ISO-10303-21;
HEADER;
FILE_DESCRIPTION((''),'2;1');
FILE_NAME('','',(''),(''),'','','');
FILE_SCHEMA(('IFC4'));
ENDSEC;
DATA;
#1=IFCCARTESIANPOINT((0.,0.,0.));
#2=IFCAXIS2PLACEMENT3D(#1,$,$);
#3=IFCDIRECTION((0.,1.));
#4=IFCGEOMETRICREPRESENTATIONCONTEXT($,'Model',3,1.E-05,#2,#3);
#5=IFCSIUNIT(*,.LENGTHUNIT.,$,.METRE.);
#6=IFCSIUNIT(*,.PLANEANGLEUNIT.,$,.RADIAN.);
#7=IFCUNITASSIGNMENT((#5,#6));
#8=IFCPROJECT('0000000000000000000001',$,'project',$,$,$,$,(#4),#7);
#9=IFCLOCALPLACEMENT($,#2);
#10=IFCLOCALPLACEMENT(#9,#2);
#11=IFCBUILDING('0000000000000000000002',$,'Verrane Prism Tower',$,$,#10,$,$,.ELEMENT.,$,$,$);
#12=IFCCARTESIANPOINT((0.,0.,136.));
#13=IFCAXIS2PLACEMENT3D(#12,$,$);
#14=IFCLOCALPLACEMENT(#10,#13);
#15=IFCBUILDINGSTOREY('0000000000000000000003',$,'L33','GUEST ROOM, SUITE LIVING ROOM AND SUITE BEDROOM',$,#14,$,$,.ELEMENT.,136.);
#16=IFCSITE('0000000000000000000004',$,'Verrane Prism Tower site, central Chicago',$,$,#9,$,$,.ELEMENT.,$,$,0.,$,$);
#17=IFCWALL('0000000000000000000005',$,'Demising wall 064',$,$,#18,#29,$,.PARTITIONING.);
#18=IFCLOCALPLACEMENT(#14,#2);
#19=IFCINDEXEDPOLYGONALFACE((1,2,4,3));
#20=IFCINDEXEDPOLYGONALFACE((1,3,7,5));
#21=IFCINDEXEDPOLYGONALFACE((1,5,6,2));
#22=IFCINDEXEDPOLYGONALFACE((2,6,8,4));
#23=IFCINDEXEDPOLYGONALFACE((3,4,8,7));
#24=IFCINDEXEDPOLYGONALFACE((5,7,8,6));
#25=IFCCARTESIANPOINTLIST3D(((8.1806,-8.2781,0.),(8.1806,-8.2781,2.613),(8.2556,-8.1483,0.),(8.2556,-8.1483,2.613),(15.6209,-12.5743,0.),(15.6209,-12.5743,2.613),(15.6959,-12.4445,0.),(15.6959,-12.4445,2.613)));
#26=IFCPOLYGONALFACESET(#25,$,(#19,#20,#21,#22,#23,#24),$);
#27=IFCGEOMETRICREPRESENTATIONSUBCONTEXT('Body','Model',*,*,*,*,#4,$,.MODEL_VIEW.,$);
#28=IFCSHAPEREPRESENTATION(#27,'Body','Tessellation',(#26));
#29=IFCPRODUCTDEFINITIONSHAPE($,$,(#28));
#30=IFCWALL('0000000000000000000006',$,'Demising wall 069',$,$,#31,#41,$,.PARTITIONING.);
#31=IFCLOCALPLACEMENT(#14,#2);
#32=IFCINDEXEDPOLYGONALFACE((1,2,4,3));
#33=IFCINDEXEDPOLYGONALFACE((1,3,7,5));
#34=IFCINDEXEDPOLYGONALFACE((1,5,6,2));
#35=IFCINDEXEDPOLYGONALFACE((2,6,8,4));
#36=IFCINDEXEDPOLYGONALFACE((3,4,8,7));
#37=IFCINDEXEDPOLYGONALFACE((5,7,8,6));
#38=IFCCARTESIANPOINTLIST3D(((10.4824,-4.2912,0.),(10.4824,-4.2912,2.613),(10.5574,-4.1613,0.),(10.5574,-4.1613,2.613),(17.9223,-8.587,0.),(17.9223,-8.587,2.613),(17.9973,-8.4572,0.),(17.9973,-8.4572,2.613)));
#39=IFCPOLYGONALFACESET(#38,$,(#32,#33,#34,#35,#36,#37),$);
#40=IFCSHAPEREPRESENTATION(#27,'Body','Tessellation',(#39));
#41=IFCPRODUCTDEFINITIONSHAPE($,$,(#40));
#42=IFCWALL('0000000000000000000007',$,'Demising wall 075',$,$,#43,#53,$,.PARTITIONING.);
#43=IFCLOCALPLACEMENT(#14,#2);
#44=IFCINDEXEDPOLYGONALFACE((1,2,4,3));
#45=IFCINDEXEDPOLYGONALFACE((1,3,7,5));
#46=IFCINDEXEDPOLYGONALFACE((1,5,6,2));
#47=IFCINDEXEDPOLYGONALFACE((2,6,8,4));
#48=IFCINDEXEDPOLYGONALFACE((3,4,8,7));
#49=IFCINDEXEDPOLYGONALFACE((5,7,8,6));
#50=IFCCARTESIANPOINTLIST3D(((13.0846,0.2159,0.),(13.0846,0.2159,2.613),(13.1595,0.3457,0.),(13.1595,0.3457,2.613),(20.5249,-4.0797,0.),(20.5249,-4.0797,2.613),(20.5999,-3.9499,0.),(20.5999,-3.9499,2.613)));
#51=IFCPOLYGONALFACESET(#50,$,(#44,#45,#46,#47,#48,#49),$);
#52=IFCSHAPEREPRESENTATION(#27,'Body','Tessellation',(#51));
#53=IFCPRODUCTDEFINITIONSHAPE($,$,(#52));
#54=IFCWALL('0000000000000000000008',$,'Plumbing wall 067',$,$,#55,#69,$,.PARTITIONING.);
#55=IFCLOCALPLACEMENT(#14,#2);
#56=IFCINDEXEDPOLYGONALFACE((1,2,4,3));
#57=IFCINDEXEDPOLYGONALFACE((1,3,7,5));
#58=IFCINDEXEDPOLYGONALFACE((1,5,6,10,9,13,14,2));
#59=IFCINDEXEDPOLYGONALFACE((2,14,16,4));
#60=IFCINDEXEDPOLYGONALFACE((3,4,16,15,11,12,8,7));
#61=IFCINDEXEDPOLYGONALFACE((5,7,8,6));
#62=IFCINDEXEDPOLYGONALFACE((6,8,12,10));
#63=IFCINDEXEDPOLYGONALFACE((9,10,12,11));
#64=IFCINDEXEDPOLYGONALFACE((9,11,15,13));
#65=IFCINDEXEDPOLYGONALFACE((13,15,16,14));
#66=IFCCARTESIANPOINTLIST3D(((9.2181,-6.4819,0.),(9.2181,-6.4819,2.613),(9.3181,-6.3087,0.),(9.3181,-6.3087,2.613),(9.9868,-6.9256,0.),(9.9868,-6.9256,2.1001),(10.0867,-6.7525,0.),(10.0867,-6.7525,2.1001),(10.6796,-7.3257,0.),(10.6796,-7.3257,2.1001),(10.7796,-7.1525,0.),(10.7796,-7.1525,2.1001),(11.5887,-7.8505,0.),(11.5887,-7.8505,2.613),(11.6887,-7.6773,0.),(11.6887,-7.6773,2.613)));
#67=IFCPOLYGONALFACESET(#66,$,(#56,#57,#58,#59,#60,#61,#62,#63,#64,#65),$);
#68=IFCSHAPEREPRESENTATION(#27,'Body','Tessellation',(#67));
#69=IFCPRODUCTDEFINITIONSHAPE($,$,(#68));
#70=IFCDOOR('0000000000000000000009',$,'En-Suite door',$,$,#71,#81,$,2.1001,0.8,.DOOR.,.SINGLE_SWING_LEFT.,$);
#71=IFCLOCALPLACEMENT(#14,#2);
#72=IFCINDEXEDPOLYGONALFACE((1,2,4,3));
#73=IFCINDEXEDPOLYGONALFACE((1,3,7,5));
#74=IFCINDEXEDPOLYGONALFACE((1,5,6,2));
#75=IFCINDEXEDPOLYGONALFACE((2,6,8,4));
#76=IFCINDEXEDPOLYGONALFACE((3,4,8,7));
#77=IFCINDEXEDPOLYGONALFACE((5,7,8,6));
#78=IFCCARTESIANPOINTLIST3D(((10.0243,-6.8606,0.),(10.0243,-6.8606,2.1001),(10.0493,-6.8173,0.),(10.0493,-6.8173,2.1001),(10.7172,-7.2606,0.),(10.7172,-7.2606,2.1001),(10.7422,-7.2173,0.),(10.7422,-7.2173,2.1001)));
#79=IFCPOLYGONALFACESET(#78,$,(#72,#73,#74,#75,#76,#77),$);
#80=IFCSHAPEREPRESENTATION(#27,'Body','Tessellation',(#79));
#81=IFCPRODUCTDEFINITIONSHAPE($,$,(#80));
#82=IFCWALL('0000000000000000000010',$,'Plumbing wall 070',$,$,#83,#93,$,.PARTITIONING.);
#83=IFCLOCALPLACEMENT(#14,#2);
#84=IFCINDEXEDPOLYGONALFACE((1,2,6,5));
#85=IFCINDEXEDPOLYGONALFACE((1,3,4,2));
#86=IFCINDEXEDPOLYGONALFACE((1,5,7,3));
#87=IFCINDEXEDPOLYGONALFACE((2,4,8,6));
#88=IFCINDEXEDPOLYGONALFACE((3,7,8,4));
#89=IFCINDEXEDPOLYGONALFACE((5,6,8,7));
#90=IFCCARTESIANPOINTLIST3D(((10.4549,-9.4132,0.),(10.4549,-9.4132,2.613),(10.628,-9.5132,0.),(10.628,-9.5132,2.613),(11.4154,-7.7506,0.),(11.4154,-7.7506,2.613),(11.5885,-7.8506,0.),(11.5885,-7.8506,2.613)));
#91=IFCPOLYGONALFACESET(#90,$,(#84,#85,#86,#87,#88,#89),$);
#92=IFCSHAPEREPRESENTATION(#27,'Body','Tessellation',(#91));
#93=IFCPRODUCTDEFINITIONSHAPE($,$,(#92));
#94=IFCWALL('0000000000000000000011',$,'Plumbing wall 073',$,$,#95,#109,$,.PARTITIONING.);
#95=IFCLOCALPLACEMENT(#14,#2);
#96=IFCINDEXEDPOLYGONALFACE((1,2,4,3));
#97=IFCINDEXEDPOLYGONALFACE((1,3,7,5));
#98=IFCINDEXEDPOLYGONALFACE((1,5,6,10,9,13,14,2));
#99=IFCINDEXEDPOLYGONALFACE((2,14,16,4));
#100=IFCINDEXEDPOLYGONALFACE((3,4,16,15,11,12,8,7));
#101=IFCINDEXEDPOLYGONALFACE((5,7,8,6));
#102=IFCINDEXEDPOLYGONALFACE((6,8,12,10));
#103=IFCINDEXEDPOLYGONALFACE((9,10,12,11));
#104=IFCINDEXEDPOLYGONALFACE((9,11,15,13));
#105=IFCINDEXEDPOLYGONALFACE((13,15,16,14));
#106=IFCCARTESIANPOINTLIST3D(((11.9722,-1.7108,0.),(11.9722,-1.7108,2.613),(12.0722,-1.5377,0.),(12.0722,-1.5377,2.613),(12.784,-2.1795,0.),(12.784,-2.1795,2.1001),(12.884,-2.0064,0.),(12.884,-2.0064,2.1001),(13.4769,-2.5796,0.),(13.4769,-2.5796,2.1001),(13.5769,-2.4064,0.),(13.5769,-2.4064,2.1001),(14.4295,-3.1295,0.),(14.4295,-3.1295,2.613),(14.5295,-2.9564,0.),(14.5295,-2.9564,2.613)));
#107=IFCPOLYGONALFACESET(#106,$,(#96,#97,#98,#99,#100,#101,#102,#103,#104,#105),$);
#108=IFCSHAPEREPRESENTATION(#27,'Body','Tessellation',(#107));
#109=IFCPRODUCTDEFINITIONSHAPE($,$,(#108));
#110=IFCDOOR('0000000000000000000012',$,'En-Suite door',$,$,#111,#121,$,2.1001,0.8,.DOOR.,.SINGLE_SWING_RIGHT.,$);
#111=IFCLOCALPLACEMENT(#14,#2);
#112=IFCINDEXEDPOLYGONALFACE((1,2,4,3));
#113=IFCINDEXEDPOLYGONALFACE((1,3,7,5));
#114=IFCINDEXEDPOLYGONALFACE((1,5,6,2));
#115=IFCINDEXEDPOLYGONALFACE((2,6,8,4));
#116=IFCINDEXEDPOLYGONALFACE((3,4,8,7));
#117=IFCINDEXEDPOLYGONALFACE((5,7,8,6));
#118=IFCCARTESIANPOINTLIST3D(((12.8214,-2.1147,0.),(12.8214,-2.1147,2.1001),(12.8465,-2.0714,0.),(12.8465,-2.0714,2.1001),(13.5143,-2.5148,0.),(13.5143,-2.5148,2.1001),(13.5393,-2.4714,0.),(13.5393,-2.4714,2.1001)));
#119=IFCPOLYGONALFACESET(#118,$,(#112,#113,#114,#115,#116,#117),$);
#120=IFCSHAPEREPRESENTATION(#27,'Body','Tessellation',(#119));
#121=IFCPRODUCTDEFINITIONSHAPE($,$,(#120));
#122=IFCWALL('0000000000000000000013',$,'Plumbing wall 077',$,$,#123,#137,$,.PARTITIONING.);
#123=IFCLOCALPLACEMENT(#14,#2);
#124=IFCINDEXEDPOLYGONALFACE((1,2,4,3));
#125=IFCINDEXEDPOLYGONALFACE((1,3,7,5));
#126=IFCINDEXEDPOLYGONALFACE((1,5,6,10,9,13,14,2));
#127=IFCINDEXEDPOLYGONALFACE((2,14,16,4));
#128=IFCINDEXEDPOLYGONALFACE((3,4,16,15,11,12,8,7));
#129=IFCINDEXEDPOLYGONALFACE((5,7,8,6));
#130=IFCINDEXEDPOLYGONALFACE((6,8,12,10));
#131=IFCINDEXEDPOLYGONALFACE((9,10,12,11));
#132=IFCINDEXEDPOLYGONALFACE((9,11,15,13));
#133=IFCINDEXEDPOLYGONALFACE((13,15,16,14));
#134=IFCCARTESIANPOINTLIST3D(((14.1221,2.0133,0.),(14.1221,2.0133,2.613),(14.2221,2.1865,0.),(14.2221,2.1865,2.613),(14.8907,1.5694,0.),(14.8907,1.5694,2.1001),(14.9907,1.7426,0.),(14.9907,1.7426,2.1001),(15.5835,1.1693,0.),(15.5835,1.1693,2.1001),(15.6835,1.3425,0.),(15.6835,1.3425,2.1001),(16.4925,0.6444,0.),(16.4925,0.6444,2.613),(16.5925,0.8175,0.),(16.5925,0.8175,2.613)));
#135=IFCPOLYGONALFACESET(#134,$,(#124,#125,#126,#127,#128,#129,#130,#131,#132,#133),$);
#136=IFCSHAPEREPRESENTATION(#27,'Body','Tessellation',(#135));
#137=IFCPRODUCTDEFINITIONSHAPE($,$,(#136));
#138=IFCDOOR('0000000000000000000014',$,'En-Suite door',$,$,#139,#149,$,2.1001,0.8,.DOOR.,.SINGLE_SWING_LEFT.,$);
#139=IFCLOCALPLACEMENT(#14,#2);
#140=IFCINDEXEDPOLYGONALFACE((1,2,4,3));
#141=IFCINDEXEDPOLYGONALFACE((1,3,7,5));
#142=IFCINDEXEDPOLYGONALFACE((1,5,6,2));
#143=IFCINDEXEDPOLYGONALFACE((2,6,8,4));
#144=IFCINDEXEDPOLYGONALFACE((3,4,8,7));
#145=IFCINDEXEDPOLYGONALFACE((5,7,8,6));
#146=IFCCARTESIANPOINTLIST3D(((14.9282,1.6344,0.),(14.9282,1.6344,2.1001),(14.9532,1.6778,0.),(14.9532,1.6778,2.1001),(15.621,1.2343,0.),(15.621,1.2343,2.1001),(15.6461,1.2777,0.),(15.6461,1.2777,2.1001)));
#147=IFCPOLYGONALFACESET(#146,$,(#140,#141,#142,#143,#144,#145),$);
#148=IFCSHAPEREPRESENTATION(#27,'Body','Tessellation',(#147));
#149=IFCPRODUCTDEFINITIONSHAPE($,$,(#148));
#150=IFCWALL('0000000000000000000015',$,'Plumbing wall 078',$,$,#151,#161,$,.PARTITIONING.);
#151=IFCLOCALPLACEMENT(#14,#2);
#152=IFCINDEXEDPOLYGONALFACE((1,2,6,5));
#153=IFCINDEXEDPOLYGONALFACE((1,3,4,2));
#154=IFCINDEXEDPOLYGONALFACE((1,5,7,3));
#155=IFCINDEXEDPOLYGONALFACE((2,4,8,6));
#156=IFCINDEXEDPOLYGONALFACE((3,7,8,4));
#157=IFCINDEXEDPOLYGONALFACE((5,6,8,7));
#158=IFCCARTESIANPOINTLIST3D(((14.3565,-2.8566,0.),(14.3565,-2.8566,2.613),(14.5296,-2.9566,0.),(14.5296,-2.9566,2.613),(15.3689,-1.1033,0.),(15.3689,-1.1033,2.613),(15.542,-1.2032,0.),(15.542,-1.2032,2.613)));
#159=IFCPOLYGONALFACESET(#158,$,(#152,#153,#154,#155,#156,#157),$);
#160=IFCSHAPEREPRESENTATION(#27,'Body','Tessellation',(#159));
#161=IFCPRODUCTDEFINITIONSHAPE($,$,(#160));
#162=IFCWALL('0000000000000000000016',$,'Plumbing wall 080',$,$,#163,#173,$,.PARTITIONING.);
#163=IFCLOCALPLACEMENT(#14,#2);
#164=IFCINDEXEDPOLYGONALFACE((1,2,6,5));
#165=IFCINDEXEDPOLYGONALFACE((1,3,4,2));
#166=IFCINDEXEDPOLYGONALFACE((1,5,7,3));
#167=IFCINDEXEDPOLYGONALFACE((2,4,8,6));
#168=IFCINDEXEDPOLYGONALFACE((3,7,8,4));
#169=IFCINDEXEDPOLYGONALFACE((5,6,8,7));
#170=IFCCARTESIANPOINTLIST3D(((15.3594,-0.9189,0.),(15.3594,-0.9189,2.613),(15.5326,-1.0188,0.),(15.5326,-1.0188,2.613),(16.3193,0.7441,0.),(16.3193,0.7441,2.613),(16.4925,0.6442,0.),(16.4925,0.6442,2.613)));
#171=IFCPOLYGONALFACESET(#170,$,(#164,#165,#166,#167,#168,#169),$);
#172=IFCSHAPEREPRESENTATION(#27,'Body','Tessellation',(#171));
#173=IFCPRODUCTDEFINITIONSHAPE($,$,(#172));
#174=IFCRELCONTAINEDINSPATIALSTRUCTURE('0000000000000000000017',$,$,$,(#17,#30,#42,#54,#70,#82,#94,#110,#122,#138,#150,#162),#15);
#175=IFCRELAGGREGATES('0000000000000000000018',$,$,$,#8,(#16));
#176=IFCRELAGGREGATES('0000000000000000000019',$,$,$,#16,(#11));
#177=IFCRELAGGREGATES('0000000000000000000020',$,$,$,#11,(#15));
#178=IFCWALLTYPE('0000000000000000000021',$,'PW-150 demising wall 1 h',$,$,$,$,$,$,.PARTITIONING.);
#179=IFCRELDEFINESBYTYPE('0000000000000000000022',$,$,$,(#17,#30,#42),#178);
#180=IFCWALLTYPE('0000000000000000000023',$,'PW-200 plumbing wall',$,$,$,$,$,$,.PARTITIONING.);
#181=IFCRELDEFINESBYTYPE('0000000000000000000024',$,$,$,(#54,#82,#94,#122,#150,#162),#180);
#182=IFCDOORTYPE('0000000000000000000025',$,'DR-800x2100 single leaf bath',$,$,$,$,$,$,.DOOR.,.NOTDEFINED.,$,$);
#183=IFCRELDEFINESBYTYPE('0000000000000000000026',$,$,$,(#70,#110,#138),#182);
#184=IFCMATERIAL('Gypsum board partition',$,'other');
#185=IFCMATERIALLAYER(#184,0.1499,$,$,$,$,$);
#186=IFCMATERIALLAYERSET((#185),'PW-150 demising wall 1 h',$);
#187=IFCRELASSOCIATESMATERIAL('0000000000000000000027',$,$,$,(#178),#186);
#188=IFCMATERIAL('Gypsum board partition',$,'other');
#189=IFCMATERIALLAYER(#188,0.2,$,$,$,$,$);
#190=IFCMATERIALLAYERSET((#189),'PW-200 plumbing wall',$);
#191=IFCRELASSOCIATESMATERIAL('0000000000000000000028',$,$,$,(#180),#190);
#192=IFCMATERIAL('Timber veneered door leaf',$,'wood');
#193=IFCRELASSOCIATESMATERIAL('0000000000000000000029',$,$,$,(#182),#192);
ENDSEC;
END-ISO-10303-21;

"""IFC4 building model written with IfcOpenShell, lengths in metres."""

from ifc_helpers import new_model, si_unit, direction, frame, frame_2d, origin, place, context, subcontext, project, spatial, rectangle, extrude, material, layer, layer_set, type_object, element, fill, save


model = new_model("IFC4")

# Units and contexts
model_context = context("Model", 3, precision=1e-05, world=origin(), true_north=direction((0.0, 1.0)))
body_context = subcontext(model_context, "Body", "Model", "MODEL_VIEW")
ifc_project = project(units=[si_unit("LENGTHUNIT", "METRE"), si_unit("PLANEANGLEUNIT", "RADIAN")], contexts=[model_context])

# Site, building, storey
site_placement = place(None, origin())
site = spatial("IfcSite", under=ifc_project, at=site_placement, Name="Verrane Prism Tower site, central Chicago", CompositionType="ELEMENT", RefElevation=0.0)
building_placement = place(site_placement, origin())
building = spatial("IfcBuilding", under=site, at=building_placement, Name="Verrane Prism Tower", CompositionType="ELEMENT")
storey_placement = place(building_placement, frame((0.0, 0.0, 136.0)))
storey = spatial("IfcBuildingStorey", under=building, at=storey_placement, Name="L33", Description="GUEST ROOM, SUITE LIVING ROOM AND SUITE BEDROOM", CompositionType="ELEMENT", Elevation=136.0)

# Walls
ifc_material_1 = material(Name="Gypsum board partition", Category="other")
ifc_layer_1 = layer(ifc_material_1, 0.1499)
ifc_layer_set_1 = layer_set([ifc_layer_1], Name="PW-150 demising wall 1 h")
wall_type_1 = type_object("IfcWallType", Name="PW-150 demising wall 1 h", PredefinedType="PARTITIONING", material=ifc_layer_set_1)
wall_1_placement = place(storey_placement, frame((8.218, -8.2131, 0.0), z_axis=(0.0, 0.0, 1.0), x_axis=(0.865998, -0.500048, 0.0)))
element("IfcWall", 1, at=wall_1_placement, inside=storey, type_object=wall_type_1, Name="Demising wall 064", PredefinedType="PARTITIONING", context=body_context, shape_type="SweptSolid", body=[
    extrude(rectangle(XDim=8.5916, YDim=0.1499, at=frame_2d((4.2959, 0.0))), origin(), (0.0, 0.0, 1.0), 2.613),
])
wall_2_placement = place(storey_placement, frame((10.52, -4.2263, 0.0), z_axis=(0.0, 0.0, 1.0), x_axis=(0.866003, -0.500039, 0.0)))
element("IfcWall", 2, at=wall_2_placement, inside=storey, type_object=wall_type_1, Name="Demising wall 069", PredefinedType="PARTITIONING", context=body_context, shape_type="SweptSolid", body=[
    extrude(rectangle(XDim=8.5911, YDim=0.1499, at=frame_2d((4.2954, 0.0))), origin(), (0.0, 0.0, 1.0), 2.613),
])
wall_3_placement = place(storey_placement, frame((13.1221, 0.2808, 0.0), z_axis=(0.0, 0.0, 1.0), x_axis=(0.866029, -0.499993, 0.0)))
element("IfcWall", 3, at=wall_3_placement, inside=storey, type_object=wall_type_1, Name="Demising wall 075", PredefinedType="PARTITIONING", context=body_context, shape_type="SweptSolid", body=[
    extrude(rectangle(XDim=8.5913, YDim=0.1499, at=frame_2d((4.2957, 0.0))), origin(), (0.0, 0.0, 1.0), 2.613),
])

# Wall, opening, door
ifc_material_2 = material(Name="Gypsum board partition", Category="other")
ifc_layer_2 = layer(ifc_material_2, 0.2)
ifc_layer_set_2 = layer_set([ifc_layer_2], Name="PW-200 plumbing wall")
wall_type_2 = type_object("IfcWallType", Name="PW-200 plumbing wall", PredefinedType="PARTITIONING", material=ifc_layer_set_2)
wall_4_placement = place(storey_placement, frame((11.6387, -7.7639, 0.0), z_axis=(0.0, 0.0, 1.0), x_axis=(-0.866028, 0.499995, 0.0)))
wall_4 = element("IfcWall", 4, at=wall_4_placement, inside=storey, type_object=wall_type_2, Name="Plumbing wall 067", PredefinedType="PARTITIONING", context=body_context, shape_type="SweptSolid", body=[
    extrude(rectangle(XDim=2.7373, YDim=0.2, at=frame_2d((1.3687, 0.0))), origin(), (0.0, 0.0, 1.0), 2.613),
])
opening_1_placement = place(wall_4_placement, frame((1.0498, 0.0, 0.0)))
opening_1 = element("IfcOpeningElement", 5, at=opening_1_placement, cuts=wall_4, PredefinedType="OPENING", context=body_context, shape_type="SweptSolid", body=[
    extrude(rectangle(XDim=0.8, YDim=2.1001, at=frame_2d((0.3999, 1.05))), frame((0.0, 0.1099, 0.0), z_axis=(0.0, -1.0, 0.0), x_axis=(1.0, 0.0, 0.0)), (0.0, 0.0, 1.0), 0.22),
])
ifc_material_3 = material(Name="Timber veneered door leaf", Category="wood")
door_type = type_object("IfcDoorType", Name="DR-800x2100 single leaf bath", OperationType="NOTDEFINED", PredefinedType="DOOR", material=ifc_material_3)
door_1_placement = place(opening_1_placement, origin())
door_1 = element("IfcDoor", 6, at=door_1_placement, inside=storey, type_object=door_type, Name="En-Suite door", OperationType="SINGLE_SWING_LEFT", OverallHeight=2.1001, OverallWidth=0.8, PredefinedType="DOOR", context=body_context, shape_type="SweptSolid", body=[
    extrude(rectangle(XDim=0.8, YDim=2.1001, at=frame_2d((0.3999, 1.05))), frame((0.0, 0.0249, 0.0), z_axis=(0.0, -1.0, 0.0), x_axis=(1.0, 0.0, 0.0)), (0.0, 0.0, 1.0), 0.05),
])
fill(opening_1, door_1)

# Wall
wall_5_placement = place(storey_placement, frame((10.5415, -9.4631, 0.0), z_axis=(0.0, 0.0, 1.0), x_axis=(0.500214, 0.865902, 0.0)))
element("IfcWall", 7, at=wall_5_placement, inside=storey, type_object=wall_type_2, Name="Plumbing wall 070", PredefinedType="PARTITIONING", context=body_context, shape_type="SweptSolid", body=[
    extrude(rectangle(XDim=1.9202, YDim=0.2, at=frame_2d((0.96, 0.0))), origin(), (0.0, 0.0, 1.0), 2.613),
])

# Walls, openings, doors
wall_6_placement = place(storey_placement, frame((12.0222, -1.6243, 0.0), z_axis=(0.0, 0.0, 1.0), x_axis=(0.866027, -0.499998, 0.0)))
wall_6 = element("IfcWall", 8, at=wall_6_placement, inside=storey, type_object=wall_type_2, Name="Plumbing wall 073", PredefinedType="PARTITIONING", context=body_context, shape_type="SweptSolid", body=[
    extrude(rectangle(XDim=2.8374, YDim=0.2, at=frame_2d((1.4187, 0.0))), origin(), (0.0, 0.0, 1.0), 2.613),
])
opening_2_placement = place(wall_6_placement, frame((0.9375, 0.0, 0.0)))
opening_2 = element("IfcOpeningElement", 9, at=opening_2_placement, cuts=wall_6, PredefinedType="OPENING", context=body_context, shape_type="SweptSolid", body=[
    extrude(rectangle(XDim=0.8, YDim=2.1001, at=frame_2d((0.3999, 1.05))), frame((0.0, 0.1099, 0.0), z_axis=(0.0, -1.0, 0.0), x_axis=(1.0, 0.0, 0.0)), (0.0, 0.0, 1.0), 0.22),
])
door_2_placement = place(opening_2_placement, origin())
door_2 = element("IfcDoor", 10, at=door_2_placement, inside=storey, type_object=door_type, Name="En-Suite door", OperationType="SINGLE_SWING_RIGHT", OverallHeight=2.1001, OverallWidth=0.8, PredefinedType="DOOR", context=body_context, shape_type="SweptSolid", body=[
    extrude(rectangle(XDim=0.8, YDim=2.1001, at=frame_2d((0.3999, 1.05))), frame((0.0, 0.0249, 0.0), z_axis=(0.0, -1.0, 0.0), x_axis=(1.0, 0.0, 0.0)), (0.0, 0.0, 1.0), 0.05),
])
fill(opening_2, door_2)
wall_7_placement = place(storey_placement, frame((16.5425, 0.731, 0.0), z_axis=(0.0, 0.0, 1.0), x_axis=(-0.865967, 0.500101, 0.0)))
wall_7 = element("IfcWall", 11, at=wall_7_placement, inside=storey, type_object=wall_type_2, Name="Plumbing wall 077", PredefinedType="PARTITIONING", context=body_context, shape_type="SweptSolid", body=[
    extrude(rectangle(XDim=2.7373, YDim=0.2, at=frame_2d((1.3687, 0.0))), origin(), (0.0, 0.0, 1.0), 2.613),
])
opening_3_placement = place(wall_7_placement, frame((1.0498, 0.0, 0.0)))
opening_3 = element("IfcOpeningElement", 12, at=opening_3_placement, cuts=wall_7, PredefinedType="OPENING", context=body_context, shape_type="SweptSolid", body=[
    extrude(rectangle(XDim=0.8, YDim=2.1001, at=frame_2d((0.3999, 1.05))), frame((0.0, 0.1099, 0.0), z_axis=(0.0, -1.0, 0.0), x_axis=(1.0, 0.0, 0.0)), (0.0, 0.0, 1.0), 0.22),
])
door_3_placement = place(opening_3_placement, origin())
door_3 = element("IfcDoor", 13, at=door_3_placement, inside=storey, type_object=door_type, Name="En-Suite door", OperationType="SINGLE_SWING_LEFT", OverallHeight=2.1001, OverallWidth=0.8, PredefinedType="DOOR", context=body_context, shape_type="SweptSolid", body=[
    extrude(rectangle(XDim=0.8, YDim=2.1001, at=frame_2d((0.3999, 1.05))), frame((0.0, 0.0249, 0.0), z_axis=(0.0, -1.0, 0.0), x_axis=(1.0, 0.0, 0.0)), (0.0, 0.0, 1.0), 0.05),
])
fill(opening_3, door_3)

# Walls
wall_8_placement = place(storey_placement, frame((14.4431, -2.9065, 0.0), z_axis=(0.0, 0.0, 1.0), x_axis=(0.500043, 0.866001, 0.0)))
element("IfcWall", 14, at=wall_8_placement, inside=storey, type_object=wall_type_2, Name="Plumbing wall 078", PredefinedType="PARTITIONING", context=body_context, shape_type="SweptSolid", body=[
    extrude(rectangle(XDim=2.0247, YDim=0.2, at=frame_2d((1.0122, 0.0))), origin(), (0.0, 0.0, 1.0), 2.613),
])
wall_9_placement = place(storey_placement, frame((15.446, -0.9688, 0.0), z_axis=(0.0, 0.0, 1.0), x_axis=(0.499913, 0.866075, 0.0)))
element("IfcWall", 15, at=wall_9_placement, inside=storey, type_object=wall_type_2, Name="Plumbing wall 080", PredefinedType="PARTITIONING", context=body_context, shape_type="SweptSolid", body=[
    extrude(rectangle(XDim=1.9202, YDim=0.2, at=frame_2d((0.96, 0.0))), origin(), (0.0, 0.0, 1.0), 2.613),
])

save(model, "model.ifc")
